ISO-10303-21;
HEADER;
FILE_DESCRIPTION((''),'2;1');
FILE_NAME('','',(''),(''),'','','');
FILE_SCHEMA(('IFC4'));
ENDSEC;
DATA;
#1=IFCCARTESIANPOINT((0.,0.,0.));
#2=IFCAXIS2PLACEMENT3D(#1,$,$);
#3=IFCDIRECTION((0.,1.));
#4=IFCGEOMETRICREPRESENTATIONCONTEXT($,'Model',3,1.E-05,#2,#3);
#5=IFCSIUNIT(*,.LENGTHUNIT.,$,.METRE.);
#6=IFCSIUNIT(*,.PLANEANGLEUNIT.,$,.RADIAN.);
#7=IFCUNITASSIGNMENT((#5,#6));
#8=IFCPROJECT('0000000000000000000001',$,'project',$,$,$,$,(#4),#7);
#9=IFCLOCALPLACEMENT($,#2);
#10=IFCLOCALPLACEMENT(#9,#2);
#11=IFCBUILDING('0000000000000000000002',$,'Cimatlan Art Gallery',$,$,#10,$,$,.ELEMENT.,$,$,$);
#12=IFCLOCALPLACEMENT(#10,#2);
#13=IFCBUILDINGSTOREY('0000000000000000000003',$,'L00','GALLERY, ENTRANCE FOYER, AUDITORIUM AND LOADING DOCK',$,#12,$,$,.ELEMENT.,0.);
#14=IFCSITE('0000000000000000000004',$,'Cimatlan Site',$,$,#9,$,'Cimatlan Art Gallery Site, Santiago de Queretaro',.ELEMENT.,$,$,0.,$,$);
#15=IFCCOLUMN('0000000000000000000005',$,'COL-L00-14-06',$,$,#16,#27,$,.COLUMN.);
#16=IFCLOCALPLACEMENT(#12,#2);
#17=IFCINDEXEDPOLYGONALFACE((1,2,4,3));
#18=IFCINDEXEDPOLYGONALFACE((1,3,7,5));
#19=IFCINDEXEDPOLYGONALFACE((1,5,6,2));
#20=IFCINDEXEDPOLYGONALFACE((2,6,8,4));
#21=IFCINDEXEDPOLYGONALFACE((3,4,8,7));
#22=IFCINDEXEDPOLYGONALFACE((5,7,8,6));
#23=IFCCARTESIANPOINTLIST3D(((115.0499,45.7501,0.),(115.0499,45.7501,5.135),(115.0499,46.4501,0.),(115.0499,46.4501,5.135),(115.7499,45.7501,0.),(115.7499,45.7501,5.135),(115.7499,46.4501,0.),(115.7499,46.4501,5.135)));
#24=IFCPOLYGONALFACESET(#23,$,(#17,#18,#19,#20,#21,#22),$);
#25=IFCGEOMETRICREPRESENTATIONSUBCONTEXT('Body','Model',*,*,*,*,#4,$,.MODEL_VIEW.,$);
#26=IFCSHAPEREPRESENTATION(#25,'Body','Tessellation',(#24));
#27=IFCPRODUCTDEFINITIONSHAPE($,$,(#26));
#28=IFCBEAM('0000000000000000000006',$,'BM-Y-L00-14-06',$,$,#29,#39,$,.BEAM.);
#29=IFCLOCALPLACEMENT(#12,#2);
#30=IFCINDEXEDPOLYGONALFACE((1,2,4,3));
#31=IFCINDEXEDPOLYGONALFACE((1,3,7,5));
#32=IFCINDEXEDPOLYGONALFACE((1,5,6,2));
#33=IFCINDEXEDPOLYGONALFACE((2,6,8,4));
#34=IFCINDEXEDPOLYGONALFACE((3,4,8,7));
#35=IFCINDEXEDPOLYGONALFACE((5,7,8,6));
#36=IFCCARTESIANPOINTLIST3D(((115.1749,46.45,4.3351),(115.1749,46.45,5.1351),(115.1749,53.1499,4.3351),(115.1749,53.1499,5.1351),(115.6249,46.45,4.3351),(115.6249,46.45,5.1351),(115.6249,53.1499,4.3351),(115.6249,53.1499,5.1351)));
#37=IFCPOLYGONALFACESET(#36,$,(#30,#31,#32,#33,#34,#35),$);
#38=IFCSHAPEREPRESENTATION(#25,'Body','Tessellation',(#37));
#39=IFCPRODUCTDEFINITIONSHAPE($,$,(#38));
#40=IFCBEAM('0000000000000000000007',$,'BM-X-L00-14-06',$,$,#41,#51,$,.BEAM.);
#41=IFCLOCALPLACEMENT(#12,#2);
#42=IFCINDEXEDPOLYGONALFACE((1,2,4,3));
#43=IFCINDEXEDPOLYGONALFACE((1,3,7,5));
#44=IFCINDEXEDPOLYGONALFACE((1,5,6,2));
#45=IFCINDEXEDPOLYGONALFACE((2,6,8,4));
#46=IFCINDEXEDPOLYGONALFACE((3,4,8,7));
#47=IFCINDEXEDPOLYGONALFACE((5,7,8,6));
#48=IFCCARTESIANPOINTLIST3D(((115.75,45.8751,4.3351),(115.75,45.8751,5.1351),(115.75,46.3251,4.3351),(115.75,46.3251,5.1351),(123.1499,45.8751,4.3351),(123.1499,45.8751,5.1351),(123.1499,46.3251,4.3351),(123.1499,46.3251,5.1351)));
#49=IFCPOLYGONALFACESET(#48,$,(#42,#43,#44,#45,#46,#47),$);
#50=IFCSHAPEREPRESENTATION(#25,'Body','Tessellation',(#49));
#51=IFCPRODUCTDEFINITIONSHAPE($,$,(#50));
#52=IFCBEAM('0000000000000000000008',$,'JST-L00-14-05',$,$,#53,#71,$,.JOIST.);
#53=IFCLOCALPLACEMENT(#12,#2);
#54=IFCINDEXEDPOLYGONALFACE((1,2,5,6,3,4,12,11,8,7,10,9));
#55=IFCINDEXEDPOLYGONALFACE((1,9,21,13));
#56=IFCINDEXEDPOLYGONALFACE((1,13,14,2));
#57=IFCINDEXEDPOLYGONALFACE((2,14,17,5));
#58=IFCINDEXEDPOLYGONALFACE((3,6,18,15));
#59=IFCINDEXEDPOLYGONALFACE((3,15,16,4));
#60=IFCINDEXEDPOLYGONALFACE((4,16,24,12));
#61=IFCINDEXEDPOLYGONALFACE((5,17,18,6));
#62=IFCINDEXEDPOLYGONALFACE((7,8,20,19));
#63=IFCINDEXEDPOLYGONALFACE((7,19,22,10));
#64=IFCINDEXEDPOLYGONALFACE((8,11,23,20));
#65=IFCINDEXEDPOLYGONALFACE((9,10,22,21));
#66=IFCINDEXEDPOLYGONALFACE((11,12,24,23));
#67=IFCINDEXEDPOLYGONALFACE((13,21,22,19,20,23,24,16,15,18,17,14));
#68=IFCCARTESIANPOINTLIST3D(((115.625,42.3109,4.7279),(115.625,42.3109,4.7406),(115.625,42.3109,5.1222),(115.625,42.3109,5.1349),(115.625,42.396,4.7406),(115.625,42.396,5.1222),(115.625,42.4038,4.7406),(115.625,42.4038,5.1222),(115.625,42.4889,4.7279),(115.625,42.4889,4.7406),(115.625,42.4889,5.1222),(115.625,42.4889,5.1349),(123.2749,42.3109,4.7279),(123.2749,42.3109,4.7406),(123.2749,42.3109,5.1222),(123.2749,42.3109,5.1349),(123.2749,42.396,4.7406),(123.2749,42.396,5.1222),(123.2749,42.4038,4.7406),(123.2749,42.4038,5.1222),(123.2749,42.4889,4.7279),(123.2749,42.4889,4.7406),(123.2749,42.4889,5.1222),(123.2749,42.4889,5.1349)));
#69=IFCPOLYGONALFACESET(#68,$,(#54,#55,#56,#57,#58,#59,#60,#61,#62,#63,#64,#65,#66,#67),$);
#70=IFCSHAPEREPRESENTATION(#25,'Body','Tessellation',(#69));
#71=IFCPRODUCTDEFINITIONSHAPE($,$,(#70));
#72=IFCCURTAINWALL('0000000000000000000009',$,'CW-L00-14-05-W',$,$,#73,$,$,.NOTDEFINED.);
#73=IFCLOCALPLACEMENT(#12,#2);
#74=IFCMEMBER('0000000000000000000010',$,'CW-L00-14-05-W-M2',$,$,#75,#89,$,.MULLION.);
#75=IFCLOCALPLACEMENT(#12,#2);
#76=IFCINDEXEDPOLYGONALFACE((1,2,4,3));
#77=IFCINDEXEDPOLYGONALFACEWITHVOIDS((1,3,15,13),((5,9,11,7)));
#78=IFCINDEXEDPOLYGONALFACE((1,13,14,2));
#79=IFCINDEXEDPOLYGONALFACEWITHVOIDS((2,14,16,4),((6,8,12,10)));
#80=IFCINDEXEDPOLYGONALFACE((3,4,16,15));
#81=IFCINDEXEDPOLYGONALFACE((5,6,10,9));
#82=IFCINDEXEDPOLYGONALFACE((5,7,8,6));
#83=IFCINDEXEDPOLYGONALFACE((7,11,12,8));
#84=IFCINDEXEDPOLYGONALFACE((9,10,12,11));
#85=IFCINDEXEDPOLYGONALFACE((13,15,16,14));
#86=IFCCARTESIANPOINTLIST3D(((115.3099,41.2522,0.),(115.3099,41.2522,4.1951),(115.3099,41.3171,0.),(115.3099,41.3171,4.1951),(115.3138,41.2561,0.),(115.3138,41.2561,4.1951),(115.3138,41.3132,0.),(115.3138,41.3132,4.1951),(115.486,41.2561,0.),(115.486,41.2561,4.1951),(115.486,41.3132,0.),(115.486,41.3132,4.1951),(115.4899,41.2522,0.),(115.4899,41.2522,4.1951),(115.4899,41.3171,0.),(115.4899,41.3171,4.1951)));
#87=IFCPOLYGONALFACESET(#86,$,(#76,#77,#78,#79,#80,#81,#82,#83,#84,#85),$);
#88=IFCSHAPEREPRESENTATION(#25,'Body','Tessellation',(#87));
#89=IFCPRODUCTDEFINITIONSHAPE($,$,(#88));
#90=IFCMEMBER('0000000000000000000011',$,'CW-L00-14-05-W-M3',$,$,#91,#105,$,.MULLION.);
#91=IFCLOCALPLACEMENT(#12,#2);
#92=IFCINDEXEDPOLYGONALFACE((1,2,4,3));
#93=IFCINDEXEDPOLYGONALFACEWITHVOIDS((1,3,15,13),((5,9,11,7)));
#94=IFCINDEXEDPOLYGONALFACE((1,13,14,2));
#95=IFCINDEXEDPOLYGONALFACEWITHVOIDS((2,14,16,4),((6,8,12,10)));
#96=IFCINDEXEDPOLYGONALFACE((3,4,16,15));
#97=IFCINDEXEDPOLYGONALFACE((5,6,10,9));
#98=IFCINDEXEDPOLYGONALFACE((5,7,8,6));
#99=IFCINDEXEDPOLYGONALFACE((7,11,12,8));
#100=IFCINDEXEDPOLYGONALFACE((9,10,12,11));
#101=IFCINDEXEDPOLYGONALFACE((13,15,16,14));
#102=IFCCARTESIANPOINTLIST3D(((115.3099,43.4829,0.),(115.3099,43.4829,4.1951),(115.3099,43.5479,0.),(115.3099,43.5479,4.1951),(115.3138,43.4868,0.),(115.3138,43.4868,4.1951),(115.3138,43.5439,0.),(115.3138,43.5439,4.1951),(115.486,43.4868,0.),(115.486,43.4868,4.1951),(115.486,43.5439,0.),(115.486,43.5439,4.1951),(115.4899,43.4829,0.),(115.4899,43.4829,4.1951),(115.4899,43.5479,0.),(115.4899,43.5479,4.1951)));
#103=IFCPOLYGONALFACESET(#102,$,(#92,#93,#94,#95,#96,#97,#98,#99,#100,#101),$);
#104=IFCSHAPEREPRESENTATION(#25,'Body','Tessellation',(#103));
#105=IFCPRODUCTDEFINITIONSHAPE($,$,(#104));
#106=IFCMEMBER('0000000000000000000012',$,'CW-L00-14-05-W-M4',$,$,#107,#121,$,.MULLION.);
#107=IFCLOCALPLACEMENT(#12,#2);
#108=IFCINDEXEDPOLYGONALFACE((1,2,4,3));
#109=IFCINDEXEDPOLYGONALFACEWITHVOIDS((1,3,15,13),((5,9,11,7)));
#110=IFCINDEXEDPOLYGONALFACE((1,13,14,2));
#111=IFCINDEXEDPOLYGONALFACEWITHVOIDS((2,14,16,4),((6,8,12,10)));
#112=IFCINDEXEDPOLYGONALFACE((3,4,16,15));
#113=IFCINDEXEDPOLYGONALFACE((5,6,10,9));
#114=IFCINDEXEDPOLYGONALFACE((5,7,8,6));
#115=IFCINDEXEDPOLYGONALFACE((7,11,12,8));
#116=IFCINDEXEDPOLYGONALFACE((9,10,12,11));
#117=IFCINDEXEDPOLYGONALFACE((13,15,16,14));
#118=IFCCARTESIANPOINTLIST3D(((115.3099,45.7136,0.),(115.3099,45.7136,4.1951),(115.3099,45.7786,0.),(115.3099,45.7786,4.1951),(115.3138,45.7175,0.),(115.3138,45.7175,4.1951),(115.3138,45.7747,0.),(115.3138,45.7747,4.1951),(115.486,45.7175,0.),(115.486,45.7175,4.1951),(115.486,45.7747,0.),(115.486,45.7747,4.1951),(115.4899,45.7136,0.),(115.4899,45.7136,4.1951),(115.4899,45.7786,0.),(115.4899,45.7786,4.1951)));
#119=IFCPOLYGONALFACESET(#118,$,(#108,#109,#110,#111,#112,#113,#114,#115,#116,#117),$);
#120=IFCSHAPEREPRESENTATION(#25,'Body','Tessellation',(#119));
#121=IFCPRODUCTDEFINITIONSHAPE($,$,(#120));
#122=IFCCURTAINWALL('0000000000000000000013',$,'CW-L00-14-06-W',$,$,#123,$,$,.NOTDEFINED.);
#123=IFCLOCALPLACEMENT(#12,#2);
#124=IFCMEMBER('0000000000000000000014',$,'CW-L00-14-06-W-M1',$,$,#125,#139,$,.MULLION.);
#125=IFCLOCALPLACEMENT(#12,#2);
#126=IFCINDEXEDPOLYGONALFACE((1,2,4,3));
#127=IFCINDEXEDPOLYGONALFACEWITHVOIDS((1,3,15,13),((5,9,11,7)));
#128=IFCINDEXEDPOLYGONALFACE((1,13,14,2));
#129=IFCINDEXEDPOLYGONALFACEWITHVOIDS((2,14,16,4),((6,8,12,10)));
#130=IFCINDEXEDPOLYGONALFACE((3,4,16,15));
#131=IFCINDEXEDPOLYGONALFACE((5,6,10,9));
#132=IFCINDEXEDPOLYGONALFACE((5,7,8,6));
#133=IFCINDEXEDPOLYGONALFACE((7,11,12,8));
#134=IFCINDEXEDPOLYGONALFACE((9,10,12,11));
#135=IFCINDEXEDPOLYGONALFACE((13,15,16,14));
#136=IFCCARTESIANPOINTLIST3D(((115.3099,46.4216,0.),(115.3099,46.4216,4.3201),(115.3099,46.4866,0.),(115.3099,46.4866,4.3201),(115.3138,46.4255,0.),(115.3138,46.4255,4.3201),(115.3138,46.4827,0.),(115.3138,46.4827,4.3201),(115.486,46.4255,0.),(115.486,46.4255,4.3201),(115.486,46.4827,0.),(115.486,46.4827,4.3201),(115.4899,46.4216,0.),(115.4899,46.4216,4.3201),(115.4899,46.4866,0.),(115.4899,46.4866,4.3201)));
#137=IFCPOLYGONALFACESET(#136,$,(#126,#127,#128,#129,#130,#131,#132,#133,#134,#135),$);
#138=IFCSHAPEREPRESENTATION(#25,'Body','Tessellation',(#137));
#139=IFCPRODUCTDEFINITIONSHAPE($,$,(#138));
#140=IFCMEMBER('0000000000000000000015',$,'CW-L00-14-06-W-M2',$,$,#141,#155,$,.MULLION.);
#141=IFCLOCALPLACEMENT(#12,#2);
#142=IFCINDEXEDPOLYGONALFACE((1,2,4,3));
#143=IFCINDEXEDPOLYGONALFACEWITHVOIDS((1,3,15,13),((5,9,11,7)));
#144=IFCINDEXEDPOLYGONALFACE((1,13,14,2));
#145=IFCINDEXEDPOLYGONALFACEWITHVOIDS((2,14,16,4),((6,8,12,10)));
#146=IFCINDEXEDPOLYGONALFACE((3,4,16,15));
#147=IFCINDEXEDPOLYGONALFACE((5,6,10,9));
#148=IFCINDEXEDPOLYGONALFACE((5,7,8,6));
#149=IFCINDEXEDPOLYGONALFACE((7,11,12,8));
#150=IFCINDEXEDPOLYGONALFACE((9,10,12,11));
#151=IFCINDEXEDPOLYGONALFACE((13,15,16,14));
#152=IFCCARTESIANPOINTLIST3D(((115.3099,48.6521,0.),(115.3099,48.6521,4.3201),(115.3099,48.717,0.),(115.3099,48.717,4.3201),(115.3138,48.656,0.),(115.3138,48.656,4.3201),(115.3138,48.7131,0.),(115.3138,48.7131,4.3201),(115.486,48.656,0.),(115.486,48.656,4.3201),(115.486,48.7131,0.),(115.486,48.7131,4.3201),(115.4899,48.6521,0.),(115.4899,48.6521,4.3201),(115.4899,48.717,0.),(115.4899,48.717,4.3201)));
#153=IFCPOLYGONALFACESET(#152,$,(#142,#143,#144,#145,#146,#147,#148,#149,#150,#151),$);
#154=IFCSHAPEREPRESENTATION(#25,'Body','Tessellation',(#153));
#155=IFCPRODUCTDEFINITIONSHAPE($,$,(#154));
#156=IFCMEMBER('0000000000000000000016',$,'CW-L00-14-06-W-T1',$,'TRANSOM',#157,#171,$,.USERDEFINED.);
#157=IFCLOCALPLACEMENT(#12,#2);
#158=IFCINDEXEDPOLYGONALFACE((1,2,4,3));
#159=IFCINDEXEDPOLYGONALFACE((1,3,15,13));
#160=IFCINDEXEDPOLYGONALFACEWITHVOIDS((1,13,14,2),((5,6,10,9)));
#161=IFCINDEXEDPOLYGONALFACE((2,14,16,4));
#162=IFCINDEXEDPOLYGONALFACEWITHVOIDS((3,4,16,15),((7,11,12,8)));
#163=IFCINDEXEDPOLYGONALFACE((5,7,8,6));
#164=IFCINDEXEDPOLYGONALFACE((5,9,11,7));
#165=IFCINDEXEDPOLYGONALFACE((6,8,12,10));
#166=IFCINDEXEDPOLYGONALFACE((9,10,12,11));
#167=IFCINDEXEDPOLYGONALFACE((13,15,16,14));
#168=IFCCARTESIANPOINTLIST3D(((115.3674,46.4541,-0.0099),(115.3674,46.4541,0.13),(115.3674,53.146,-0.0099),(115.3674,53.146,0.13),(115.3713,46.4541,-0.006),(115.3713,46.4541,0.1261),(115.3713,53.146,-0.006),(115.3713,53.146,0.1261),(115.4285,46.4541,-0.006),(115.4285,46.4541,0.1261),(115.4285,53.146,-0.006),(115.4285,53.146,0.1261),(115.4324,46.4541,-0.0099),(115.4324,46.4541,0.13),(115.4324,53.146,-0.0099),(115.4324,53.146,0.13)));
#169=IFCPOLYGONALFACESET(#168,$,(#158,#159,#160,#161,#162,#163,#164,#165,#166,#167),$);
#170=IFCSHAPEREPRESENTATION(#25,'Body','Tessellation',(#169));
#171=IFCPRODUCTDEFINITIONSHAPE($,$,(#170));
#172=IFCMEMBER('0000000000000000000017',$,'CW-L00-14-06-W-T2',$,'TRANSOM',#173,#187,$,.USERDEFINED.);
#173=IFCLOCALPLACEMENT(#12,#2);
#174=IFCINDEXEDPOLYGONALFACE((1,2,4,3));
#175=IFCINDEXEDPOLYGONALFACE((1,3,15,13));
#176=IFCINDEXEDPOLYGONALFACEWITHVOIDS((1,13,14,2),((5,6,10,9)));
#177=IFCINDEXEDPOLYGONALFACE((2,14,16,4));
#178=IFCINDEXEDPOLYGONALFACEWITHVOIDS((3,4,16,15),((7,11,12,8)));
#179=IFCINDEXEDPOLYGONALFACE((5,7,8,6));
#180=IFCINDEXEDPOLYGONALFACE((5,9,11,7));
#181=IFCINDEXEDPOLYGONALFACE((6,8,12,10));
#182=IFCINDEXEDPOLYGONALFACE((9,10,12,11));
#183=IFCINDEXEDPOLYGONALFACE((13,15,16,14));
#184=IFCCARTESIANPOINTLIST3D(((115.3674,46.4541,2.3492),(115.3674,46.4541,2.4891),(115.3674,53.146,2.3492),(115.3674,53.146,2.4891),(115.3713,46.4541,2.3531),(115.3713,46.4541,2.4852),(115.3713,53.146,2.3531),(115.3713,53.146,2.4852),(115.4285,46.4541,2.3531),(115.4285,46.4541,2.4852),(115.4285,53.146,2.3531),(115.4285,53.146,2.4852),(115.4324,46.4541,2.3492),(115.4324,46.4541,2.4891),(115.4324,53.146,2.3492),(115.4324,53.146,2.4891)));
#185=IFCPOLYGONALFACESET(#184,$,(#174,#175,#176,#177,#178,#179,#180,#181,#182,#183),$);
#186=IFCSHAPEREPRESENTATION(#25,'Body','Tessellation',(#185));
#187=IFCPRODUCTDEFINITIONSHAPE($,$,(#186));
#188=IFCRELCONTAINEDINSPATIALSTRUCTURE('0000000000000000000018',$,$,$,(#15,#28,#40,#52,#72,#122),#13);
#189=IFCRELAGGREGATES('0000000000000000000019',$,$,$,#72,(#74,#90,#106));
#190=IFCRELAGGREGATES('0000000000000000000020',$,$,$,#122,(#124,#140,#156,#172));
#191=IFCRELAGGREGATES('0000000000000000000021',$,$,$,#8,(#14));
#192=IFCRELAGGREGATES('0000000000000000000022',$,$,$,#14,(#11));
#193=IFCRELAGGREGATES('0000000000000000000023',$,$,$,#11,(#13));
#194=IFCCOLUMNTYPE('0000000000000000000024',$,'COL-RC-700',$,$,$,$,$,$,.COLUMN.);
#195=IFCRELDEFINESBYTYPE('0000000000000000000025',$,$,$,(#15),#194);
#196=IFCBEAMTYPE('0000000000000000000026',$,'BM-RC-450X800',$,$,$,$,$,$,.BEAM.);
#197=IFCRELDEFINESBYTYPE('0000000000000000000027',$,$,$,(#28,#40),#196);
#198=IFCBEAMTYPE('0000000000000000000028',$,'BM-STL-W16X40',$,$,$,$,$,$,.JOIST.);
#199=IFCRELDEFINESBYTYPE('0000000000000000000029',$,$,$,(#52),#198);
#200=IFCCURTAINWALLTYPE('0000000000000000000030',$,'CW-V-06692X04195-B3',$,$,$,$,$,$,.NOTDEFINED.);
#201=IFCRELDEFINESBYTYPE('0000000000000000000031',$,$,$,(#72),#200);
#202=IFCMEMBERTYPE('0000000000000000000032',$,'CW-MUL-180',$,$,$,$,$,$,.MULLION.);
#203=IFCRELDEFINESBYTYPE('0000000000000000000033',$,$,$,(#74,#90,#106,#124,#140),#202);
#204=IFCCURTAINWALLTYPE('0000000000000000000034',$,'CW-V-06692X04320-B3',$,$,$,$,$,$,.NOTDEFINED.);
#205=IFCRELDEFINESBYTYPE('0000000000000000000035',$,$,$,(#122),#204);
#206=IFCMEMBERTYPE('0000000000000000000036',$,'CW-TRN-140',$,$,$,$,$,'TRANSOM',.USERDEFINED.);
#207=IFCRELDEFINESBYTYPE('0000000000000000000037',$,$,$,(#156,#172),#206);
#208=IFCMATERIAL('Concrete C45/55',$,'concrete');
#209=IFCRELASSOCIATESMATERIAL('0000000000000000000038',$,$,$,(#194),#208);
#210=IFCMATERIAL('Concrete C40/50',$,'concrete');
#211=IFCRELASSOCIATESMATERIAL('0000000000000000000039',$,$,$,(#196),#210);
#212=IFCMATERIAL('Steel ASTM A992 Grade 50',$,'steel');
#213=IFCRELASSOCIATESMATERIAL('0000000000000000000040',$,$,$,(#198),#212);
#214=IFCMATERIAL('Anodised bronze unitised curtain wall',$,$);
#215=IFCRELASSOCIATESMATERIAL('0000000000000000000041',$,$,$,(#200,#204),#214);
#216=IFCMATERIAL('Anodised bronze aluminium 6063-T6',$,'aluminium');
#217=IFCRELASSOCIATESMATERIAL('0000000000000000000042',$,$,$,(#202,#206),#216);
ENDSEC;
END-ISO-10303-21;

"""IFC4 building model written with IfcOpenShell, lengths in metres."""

from ifc_helpers import new_model, si_unit, direction, frame, origin, origin_2d, place, context, subcontext, project, spatial, rectangle, hollow_rectangle, i_section, extrude, material, material_profile, profile_set, type_object, element, aggregate, save


model = new_model("IFC4")

# Units and contexts
model_context = context("Model", 3, precision=1e-05, world=origin(), true_north=direction((0.0, 1.0)))
body_context = subcontext(model_context, "Body", "Model", "MODEL_VIEW")
ifc_project = project(units=[si_unit("LENGTHUNIT", "METRE"), si_unit("PLANEANGLEUNIT", "RADIAN")], contexts=[model_context])

# Site, building, storey
site_placement = place(None, origin())
site = spatial("IfcSite", under=ifc_project, at=site_placement, Name="Cimatlan Site", LongName="Cimatlan Art Gallery Site, Santiago de Queretaro", CompositionType="ELEMENT", RefElevation=0.0)
building_placement = place(site_placement, origin())
building = spatial("IfcBuilding", under=site, at=building_placement, Name="Cimatlan Art Gallery", CompositionType="ELEMENT")
storey_placement = place(building_placement, origin())
storey = spatial("IfcBuildingStorey", under=building, at=storey_placement, Name="L00", Description="GALLERY, ENTRANCE FOYER, AUDITORIUM AND LOADING DOCK", CompositionType="ELEMENT", Elevation=0.0)

# Column
ifc_material_1 = material(Name="Concrete C45/55", Category="concrete")
ifc_material_profile_1 = material_profile(ifc_material_1, rectangle(XDim=0.7, YDim=0.7, at=origin_2d()), Name="RC700X700")
ifc_profile_set_1 = profile_set([ifc_material_profile_1], Name="Concrete C45/55")
column_type = type_object("IfcColumnType", Name="COL-RC-700", PredefinedType="COLUMN", material=ifc_profile_set_1)
column_placement = place(storey_placement, frame((115.3999, 46.1001, 0.0), z_axis=(0.0, 0.0, 1.0), x_axis=(1.0, 0.0, 0.0)))
element("IfcColumn", 1, at=column_placement, inside=storey, type_object=column_type, Name="COL-L00-14-06", PredefinedType="COLUMN", context=body_context, shape_type="SweptSolid", body=[
    extrude(rectangle(XDim=0.7, YDim=0.7, at=origin_2d()), origin(), (0.0, 0.0, 1.0), 5.135),
])

# Beams
ifc_material_2 = material(Name="Concrete C40/50", Category="concrete")
ifc_material_profile_2 = material_profile(ifc_material_2, rectangle(XDim=0.45, YDim=0.8, at=origin_2d()), Name="RC450X800")
ifc_profile_set_2 = profile_set([ifc_material_profile_2], Name="Concrete C40/50")
beam_type_1 = type_object("IfcBeamType", Name="BM-RC-450X800", PredefinedType="BEAM", material=ifc_profile_set_2)
beam_1_placement = place(storey_placement, frame((115.3999, 46.45, 4.7351), z_axis=(0.0, 1.0, 0.0), x_axis=(-1.0, 0.0, 0.0)))
element("IfcBeam", 2, at=beam_1_placement, inside=storey, type_object=beam_type_1, Name="BM-Y-L00-14-06", PredefinedType="BEAM", context=body_context, shape_type="SweptSolid", body=[
    extrude(rectangle(XDim=0.45, YDim=0.8, at=origin_2d()), origin(), (0.0, 0.0, 1.0), 6.7),
])
beam_2_placement = place(storey_placement, frame((115.75, 46.1001, 4.7351), z_axis=(1.0, 0.0, 0.0), x_axis=(0.0, 1.0, 0.0)))
element("IfcBeam", 3, at=beam_2_placement, inside=storey, type_object=beam_type_1, Name="BM-X-L00-14-06", PredefinedType="BEAM", context=body_context, shape_type="SweptSolid", body=[
    extrude(rectangle(XDim=0.45, YDim=0.8, at=origin_2d()), origin(), (0.0, 0.0, 1.0), 7.3999),
])
ifc_material_3 = material(Name="Steel ASTM A992 Grade 50", Category="steel")
ifc_material_profile_3 = material_profile(ifc_material_3, i_section(OverallWidth=0.178, OverallDepth=0.407, WebThickness=0.0078, FlangeThickness=0.0127, at=origin_2d()), Name="W16X40")
ifc_profile_set_3 = profile_set([ifc_material_profile_3], Name="Steel ASTM A992 Grade 50")
beam_type_2 = type_object("IfcBeamType", Name="BM-STL-W16X40", PredefinedType="JOIST", material=ifc_profile_set_3)
beam_3_placement = place(storey_placement, frame((115.625, 42.3999, 4.9314), z_axis=(1.0, 0.0, 0.0), x_axis=(0.0, 1.0, 0.0)))
element("IfcBeam", 4, at=beam_3_placement, inside=storey, type_object=beam_type_2, Name="JST-L00-14-05", PredefinedType="JOIST", context=body_context, shape_type="SweptSolid", body=[
    extrude(i_section(OverallWidth=0.178, OverallDepth=0.407, WebThickness=0.0078, FlangeThickness=0.0127, at=origin_2d()), origin(), (0.0, 0.0, 1.0), 7.6499),
])

# Curtain walls, members
ifc_material_4 = material(Name="Anodised bronze unitised curtain wall")
curtain_wall_type_1 = type_object("IfcCurtainWallType", Name="CW-V-06692X04195-B3", PredefinedType="NOTDEFINED", material=ifc_material_4)
curtain_wall_1_placement = place(storey_placement, origin())
curtain_wall_1 = element("IfcCurtainWall", 5, at=curtain_wall_1_placement, inside=storey, type_object=curtain_wall_type_1, Name="CW-L00-14-05-W", PredefinedType="NOTDEFINED")
ifc_material_5 = material(Name="Anodised bronze aluminium 6063-T6", Category="aluminium")
ifc_material_profile_4 = material_profile(ifc_material_5, hollow_rectangle(XDim=0.0649, YDim=0.1799, WallThickness=0.0039, at=origin_2d()), Name="ALU65X180X4")
ifc_profile_set_4 = profile_set([ifc_material_profile_4], Name="Anodised bronze aluminium 6063-T6")
member_type_1 = type_object("IfcMemberType", Name="CW-MUL-180", PredefinedType="MULLION", material=ifc_profile_set_4)
member_1_placement = place(storey_placement, frame((115.3999, 41.2847, 0.0), z_axis=(0.0, 0.0, 1.0), x_axis=(0.0, 1.0, 0.0)))
member_1 = element("IfcMember", 6, at=member_1_placement, type_object=member_type_1, Name="CW-L00-14-05-W-M2", PredefinedType="MULLION", context=body_context, shape_type="SweptSolid", body=[
    extrude(hollow_rectangle(XDim=0.0649, YDim=0.1799, WallThickness=0.0039, at=origin_2d()), origin(), (0.0, 0.0, 1.0), 4.1951),
])
member_2_placement = place(storey_placement, frame((115.3999, 43.5154, 0.0), z_axis=(0.0, 0.0, 1.0), x_axis=(0.0, 1.0, 0.0)))
member_2 = element("IfcMember", 7, at=member_2_placement, type_object=member_type_1, Name="CW-L00-14-05-W-M3", PredefinedType="MULLION", context=body_context, shape_type="SweptSolid", body=[
    extrude(hollow_rectangle(XDim=0.0649, YDim=0.1799, WallThickness=0.0039, at=origin_2d()), origin(), (0.0, 0.0, 1.0), 4.1951),
])
member_3_placement = place(storey_placement, frame((115.3999, 45.7461, 0.0), z_axis=(0.0, 0.0, 1.0), x_axis=(0.0, 1.0, 0.0)))
member_3 = element("IfcMember", 8, at=member_3_placement, type_object=member_type_1, Name="CW-L00-14-05-W-M4", PredefinedType="MULLION", context=body_context, shape_type="SweptSolid", body=[
    extrude(hollow_rectangle(XDim=0.0649, YDim=0.1799, WallThickness=0.0039, at=origin_2d()), origin(), (0.0, 0.0, 1.0), 4.1951),
])
curtain_wall_type_2 = type_object("IfcCurtainWallType", Name="CW-V-06692X04320-B3", PredefinedType="NOTDEFINED", material=ifc_material_4)
curtain_wall_2_placement = place(storey_placement, origin())
curtain_wall_2 = element("IfcCurtainWall", 9, at=curtain_wall_2_placement, inside=storey, type_object=curtain_wall_type_2, Name="CW-L00-14-06-W", PredefinedType="NOTDEFINED")
member_4_placement = place(storey_placement, frame((115.3999, 46.4541, 0.0), z_axis=(0.0, 0.0, 1.0), x_axis=(0.0, 1.0, 0.0)))
member_4 = element("IfcMember", 10, at=member_4_placement, type_object=member_type_1, Name="CW-L00-14-06-W-M1", PredefinedType="MULLION", context=body_context, shape_type="SweptSolid", body=[
    extrude(hollow_rectangle(XDim=0.0649, YDim=0.1799, WallThickness=0.0039, at=origin_2d()), origin(), (0.0, 0.0, 1.0), 4.3201),
])
member_5_placement = place(storey_placement, frame((115.3999, 48.6846, 0.0), z_axis=(0.0, 0.0, 1.0), x_axis=(0.0, 1.0, 0.0)))
member_5 = element("IfcMember", 11, at=member_5_placement, type_object=member_type_1, Name="CW-L00-14-06-W-M2", PredefinedType="MULLION", context=body_context, shape_type="SweptSolid", body=[
    extrude(hollow_rectangle(XDim=0.0649, YDim=0.1799, WallThickness=0.0039, at=origin_2d()), origin(), (0.0, 0.0, 1.0), 4.3201),
])
ifc_material_profile_5 = material_profile(ifc_material_5, hollow_rectangle(XDim=0.0649, YDim=0.1399, WallThickness=0.0039, at=origin_2d()), Name="ALU65X140X4")
ifc_profile_set_5 = profile_set([ifc_material_profile_5], Name="Anodised bronze aluminium 6063-T6")
member_type_2 = type_object("IfcMemberType", Name="CW-TRN-140", ElementType="TRANSOM", PredefinedType="USERDEFINED", material=ifc_profile_set_5)
member_6_placement = place(storey_placement, frame((115.3999, 46.4541, 0.0601), z_axis=(0.0, 1.0, 0.0), x_axis=(-1.0, 0.0, 0.0)))
member_6 = element("IfcMember", 12, at=member_6_placement, type_object=member_type_2, Name="CW-L00-14-06-W-T1", ObjectType="TRANSOM", PredefinedType="USERDEFINED", context=body_context, shape_type="SweptSolid", body=[
    extrude(hollow_rectangle(XDim=0.0649, YDim=0.1399, WallThickness=0.0039, at=origin_2d()), origin(), (0.0, 0.0, 1.0), 6.6919),
])
member_7_placement = place(storey_placement, frame((115.3999, 46.4541, 2.4192), z_axis=(0.0, 1.0, 0.0), x_axis=(-1.0, 0.0, 0.0)))
member_7 = element("IfcMember", 13, at=member_7_placement, type_object=member_type_2, Name="CW-L00-14-06-W-T2", ObjectType="TRANSOM", PredefinedType="USERDEFINED", context=body_context, shape_type="SweptSolid", body=[
    extrude(hollow_rectangle(XDim=0.0649, YDim=0.1399, WallThickness=0.0039, at=origin_2d()), origin(), (0.0, 0.0, 1.0), 6.6919),
])

aggregate(curtain_wall_1, [member_1, member_2, member_3])
aggregate(curtain_wall_2, [member_4, member_5, member_6, member_7])

save(model, "model.ifc")
